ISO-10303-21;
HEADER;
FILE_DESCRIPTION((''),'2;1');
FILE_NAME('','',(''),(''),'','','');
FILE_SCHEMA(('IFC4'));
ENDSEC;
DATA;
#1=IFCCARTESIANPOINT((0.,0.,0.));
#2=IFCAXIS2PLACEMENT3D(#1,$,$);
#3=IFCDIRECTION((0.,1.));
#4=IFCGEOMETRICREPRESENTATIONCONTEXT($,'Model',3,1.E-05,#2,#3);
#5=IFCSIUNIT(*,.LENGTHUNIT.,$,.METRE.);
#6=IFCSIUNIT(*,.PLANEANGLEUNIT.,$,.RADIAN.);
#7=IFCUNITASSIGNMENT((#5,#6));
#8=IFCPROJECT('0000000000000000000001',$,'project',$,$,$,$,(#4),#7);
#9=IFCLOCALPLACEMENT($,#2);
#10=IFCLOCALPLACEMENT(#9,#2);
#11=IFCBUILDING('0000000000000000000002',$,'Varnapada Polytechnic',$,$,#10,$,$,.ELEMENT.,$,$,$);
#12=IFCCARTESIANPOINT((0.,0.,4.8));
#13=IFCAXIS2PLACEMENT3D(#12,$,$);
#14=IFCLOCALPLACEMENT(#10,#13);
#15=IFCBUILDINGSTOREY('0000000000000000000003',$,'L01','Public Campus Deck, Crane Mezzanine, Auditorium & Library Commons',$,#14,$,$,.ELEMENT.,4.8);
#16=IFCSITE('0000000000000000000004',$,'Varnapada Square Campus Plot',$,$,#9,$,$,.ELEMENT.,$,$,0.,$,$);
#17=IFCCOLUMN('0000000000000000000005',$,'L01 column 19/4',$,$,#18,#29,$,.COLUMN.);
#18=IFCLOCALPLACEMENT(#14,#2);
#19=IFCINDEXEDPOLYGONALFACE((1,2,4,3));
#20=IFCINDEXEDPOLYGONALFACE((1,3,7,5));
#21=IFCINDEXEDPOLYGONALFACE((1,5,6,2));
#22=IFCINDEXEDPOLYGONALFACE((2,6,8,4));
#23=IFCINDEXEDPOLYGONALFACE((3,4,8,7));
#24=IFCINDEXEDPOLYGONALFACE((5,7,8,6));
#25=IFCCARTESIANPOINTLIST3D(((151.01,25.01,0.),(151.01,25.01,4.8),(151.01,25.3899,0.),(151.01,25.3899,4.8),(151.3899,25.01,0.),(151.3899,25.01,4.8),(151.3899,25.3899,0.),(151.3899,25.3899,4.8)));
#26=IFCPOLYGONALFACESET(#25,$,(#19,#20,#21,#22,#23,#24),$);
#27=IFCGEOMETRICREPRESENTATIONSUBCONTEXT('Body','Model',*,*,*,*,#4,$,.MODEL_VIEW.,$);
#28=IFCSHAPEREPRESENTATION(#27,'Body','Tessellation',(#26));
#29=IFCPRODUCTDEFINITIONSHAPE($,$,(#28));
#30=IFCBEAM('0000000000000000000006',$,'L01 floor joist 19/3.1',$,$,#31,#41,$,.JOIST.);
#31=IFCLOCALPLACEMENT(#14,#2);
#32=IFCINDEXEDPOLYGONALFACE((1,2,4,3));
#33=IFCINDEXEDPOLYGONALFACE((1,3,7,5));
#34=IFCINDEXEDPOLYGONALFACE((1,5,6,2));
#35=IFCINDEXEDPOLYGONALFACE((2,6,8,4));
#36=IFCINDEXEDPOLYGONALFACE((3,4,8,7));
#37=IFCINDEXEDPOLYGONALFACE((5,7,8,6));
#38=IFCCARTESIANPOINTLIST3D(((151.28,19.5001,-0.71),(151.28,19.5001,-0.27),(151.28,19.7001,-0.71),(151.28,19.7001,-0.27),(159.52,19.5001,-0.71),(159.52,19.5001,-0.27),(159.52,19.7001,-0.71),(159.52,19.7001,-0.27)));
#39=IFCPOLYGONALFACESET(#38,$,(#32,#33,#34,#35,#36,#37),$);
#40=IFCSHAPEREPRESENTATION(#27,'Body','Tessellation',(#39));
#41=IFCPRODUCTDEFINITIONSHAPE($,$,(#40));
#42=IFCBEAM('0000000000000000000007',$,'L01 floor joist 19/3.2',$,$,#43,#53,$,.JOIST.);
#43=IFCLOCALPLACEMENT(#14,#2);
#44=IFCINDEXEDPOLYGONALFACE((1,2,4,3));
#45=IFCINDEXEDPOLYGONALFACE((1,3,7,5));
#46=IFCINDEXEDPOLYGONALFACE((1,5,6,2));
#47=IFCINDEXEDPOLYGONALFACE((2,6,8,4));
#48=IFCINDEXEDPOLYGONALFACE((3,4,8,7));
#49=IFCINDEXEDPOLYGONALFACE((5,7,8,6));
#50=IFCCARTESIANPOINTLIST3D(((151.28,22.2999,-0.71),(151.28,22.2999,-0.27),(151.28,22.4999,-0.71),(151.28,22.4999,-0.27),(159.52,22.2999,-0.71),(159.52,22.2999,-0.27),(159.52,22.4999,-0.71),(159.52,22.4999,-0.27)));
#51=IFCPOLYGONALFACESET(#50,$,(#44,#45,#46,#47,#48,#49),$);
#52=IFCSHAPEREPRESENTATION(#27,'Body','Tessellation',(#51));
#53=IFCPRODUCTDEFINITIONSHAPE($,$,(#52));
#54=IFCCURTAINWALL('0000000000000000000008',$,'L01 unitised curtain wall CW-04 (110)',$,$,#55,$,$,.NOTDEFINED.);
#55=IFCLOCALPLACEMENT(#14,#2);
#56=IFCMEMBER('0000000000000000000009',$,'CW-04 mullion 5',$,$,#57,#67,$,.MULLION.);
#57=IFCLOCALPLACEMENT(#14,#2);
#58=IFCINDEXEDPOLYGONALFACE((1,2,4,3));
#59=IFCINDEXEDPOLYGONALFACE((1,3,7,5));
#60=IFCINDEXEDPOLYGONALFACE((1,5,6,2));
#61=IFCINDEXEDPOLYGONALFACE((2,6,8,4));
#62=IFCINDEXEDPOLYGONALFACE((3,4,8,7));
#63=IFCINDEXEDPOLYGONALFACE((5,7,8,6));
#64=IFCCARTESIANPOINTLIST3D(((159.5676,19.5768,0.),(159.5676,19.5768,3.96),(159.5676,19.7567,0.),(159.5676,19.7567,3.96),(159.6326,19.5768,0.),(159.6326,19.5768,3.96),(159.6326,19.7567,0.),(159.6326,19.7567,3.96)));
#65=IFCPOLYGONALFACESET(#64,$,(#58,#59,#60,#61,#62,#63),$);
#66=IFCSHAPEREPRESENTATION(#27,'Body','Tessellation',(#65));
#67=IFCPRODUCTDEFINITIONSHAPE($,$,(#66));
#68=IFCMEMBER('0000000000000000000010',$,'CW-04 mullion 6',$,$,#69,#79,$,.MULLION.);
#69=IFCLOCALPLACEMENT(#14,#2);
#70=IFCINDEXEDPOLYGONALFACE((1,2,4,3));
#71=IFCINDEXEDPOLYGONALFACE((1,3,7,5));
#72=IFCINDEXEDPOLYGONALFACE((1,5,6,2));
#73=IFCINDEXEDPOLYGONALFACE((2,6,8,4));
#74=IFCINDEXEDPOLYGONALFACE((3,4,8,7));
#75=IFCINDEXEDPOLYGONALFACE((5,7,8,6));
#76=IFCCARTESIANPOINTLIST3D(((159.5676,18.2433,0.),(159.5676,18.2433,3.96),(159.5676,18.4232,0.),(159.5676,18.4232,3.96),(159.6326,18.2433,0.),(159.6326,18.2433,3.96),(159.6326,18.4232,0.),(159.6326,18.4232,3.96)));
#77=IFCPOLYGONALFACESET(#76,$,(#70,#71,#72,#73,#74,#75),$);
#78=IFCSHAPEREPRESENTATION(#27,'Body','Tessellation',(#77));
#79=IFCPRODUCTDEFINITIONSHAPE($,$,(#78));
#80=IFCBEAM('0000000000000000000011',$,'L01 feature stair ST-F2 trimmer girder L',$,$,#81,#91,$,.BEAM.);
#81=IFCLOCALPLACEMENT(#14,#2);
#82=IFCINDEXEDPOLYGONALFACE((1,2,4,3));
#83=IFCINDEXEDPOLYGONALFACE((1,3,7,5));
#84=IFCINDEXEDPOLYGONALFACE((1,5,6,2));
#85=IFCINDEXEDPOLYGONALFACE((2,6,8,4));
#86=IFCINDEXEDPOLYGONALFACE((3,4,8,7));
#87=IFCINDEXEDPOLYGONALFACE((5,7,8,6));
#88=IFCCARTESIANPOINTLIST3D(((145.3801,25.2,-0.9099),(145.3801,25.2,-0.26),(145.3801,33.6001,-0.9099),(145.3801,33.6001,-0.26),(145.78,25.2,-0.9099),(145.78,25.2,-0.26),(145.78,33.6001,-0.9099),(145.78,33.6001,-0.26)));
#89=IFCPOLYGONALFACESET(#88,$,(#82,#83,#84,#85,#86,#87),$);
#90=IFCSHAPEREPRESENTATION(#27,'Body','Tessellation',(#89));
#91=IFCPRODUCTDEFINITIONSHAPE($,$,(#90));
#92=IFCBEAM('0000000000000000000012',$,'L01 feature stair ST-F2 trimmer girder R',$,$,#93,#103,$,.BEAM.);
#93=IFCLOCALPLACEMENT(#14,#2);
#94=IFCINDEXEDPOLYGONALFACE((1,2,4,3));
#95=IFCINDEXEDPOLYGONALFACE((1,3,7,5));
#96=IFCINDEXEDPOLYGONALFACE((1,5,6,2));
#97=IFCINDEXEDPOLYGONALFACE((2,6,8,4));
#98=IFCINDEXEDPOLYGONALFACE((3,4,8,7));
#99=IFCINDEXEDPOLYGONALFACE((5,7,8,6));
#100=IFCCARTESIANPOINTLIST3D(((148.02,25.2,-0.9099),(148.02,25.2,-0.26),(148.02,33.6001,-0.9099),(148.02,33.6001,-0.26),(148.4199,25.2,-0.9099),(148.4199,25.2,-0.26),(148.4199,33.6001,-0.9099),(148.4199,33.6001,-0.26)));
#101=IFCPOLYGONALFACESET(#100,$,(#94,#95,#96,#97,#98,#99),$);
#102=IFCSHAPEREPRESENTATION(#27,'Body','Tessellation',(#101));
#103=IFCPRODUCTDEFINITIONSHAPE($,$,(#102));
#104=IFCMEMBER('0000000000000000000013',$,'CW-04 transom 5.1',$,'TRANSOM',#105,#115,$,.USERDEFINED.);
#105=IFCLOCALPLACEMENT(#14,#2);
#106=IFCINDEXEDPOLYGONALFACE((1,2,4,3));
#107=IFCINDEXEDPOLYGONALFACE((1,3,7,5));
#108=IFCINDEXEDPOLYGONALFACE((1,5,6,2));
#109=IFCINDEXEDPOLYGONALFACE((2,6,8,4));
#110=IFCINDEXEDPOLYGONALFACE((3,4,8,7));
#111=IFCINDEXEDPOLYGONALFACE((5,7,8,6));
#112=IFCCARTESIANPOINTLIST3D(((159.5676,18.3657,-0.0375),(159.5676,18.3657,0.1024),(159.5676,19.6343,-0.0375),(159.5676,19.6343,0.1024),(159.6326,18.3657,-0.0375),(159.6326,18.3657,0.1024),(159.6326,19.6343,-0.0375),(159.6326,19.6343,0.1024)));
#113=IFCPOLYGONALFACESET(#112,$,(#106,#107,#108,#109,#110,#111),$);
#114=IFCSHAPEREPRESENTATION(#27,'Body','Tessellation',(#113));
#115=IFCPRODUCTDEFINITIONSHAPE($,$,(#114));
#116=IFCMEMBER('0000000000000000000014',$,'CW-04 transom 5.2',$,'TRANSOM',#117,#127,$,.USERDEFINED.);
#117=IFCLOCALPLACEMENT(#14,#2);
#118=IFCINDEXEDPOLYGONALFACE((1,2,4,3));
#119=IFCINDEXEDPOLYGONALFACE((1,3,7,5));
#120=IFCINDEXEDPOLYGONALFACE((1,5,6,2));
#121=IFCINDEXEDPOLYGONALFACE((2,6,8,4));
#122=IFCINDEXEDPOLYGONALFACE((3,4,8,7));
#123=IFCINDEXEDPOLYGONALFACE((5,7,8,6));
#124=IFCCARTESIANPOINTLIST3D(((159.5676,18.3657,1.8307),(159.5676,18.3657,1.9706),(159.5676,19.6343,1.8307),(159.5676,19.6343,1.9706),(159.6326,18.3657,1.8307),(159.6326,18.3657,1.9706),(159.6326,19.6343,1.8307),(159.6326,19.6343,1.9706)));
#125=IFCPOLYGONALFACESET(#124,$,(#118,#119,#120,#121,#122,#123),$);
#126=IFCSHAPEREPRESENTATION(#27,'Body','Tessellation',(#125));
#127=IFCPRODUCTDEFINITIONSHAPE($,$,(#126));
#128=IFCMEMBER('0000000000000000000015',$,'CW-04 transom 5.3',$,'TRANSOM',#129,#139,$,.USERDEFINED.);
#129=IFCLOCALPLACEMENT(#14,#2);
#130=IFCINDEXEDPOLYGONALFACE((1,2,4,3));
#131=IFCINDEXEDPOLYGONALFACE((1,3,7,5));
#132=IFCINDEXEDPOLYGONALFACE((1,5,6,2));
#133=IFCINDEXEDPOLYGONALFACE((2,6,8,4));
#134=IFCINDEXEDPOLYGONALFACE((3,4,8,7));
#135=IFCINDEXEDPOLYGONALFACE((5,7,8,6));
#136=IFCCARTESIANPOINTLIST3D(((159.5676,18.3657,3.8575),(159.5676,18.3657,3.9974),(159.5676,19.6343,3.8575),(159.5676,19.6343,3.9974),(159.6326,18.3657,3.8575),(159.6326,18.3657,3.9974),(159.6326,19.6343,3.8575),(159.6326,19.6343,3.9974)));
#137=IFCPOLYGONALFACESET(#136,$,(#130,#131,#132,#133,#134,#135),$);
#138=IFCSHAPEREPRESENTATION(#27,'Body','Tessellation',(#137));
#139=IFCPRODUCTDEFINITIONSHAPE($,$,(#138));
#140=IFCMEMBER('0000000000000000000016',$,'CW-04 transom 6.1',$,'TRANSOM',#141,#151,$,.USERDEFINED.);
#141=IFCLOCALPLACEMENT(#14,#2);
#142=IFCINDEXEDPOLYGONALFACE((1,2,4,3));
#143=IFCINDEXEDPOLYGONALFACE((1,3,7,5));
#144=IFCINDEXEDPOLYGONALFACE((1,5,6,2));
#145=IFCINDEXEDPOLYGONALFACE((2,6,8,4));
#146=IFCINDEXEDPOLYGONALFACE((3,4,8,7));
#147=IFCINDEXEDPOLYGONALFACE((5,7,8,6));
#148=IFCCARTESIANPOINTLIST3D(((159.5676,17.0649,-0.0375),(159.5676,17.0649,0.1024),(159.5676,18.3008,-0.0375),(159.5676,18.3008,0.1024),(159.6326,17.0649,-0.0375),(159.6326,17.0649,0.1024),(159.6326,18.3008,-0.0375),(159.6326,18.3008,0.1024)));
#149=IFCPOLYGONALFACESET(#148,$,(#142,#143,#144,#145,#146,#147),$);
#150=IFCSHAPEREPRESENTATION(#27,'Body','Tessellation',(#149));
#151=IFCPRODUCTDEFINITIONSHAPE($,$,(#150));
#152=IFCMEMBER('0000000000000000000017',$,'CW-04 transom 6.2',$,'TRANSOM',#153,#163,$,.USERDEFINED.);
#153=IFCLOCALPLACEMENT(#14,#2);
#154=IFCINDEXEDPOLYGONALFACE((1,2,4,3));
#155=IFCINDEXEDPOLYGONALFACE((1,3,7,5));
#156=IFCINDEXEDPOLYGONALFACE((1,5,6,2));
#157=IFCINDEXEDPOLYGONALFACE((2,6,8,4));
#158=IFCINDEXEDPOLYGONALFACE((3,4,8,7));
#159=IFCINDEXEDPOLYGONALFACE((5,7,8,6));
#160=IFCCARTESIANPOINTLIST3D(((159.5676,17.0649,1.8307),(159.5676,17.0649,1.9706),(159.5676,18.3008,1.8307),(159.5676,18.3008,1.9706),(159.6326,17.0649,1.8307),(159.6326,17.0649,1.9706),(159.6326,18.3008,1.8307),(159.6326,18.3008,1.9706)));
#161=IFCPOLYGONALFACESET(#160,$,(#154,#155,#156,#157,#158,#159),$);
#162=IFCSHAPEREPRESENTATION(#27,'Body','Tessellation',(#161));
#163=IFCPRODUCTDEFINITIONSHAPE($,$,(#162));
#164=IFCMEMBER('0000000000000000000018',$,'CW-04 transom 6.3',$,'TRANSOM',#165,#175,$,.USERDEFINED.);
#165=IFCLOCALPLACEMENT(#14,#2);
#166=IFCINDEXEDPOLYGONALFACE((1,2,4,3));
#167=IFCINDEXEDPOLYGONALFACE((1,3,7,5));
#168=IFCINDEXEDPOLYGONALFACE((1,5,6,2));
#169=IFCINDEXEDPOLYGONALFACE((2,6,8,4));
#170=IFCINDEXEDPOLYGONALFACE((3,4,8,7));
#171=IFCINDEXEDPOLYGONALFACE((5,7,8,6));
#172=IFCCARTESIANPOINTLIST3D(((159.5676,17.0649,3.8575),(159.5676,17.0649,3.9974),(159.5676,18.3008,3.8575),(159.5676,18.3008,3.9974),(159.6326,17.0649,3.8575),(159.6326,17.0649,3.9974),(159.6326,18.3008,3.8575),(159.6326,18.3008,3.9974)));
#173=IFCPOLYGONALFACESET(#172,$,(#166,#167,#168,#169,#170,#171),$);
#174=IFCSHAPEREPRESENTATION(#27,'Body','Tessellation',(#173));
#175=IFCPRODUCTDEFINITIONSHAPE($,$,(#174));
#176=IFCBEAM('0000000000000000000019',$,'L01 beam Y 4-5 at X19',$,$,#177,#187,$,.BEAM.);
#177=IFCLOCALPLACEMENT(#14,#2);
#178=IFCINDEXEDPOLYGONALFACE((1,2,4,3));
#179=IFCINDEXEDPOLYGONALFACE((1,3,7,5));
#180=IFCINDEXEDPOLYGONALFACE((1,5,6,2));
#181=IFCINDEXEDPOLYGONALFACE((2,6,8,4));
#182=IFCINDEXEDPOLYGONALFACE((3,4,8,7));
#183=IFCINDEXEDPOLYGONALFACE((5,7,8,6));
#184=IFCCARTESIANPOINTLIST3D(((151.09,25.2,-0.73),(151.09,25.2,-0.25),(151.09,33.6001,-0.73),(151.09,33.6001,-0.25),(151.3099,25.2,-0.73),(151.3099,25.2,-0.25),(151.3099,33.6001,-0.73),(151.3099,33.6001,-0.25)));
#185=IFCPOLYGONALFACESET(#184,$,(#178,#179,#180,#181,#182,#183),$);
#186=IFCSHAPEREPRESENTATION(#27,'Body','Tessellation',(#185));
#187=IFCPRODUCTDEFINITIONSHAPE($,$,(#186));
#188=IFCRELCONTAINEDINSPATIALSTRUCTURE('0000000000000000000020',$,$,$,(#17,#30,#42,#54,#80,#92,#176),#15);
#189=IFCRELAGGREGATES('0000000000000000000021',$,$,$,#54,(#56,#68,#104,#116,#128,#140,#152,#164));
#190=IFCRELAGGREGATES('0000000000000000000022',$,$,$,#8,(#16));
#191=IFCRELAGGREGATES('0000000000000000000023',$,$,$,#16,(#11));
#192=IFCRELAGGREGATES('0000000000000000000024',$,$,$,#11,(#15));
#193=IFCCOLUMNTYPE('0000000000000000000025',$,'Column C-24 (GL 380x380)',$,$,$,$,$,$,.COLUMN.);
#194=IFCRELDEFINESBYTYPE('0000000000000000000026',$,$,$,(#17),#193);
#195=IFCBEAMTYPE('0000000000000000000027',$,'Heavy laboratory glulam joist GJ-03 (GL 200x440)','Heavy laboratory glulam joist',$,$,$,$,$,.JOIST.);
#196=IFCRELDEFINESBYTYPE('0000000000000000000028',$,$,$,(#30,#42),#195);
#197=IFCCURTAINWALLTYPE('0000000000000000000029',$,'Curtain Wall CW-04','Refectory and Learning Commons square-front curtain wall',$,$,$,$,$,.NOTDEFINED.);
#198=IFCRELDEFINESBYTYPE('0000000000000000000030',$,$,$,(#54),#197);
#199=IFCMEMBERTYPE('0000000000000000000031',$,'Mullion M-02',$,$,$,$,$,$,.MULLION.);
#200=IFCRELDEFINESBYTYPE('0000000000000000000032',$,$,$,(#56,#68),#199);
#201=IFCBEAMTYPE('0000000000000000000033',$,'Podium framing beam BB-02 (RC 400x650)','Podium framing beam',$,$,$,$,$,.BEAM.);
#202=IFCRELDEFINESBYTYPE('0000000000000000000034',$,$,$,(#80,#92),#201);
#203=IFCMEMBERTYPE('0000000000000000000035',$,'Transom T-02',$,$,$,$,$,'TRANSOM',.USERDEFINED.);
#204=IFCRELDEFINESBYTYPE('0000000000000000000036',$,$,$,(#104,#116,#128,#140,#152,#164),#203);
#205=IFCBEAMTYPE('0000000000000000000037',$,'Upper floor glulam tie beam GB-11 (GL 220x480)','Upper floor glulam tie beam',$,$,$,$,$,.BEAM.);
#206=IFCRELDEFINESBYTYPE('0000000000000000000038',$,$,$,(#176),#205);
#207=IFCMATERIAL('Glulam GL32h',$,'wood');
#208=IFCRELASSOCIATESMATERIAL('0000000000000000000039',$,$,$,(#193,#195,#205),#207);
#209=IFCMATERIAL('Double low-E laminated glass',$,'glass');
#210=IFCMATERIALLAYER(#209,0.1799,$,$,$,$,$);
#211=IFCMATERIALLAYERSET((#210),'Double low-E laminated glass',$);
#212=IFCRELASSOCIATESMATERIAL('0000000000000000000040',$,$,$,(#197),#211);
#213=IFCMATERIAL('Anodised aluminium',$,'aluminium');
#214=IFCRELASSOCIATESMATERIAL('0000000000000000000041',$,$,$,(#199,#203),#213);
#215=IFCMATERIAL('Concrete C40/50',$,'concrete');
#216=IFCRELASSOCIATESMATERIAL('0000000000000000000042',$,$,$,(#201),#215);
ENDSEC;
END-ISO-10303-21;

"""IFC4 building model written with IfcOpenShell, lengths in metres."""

from ifc_helpers import new_model, si_unit, direction, frame, origin, origin_2d, place, context, subcontext, project, spatial, rectangle, extrude, material, layer, layer_set, material_profile, profile_set, type_object, element, aggregate, save


model = new_model("IFC4")

# Units and contexts
model_context = context("Model", 3, precision=1e-05, world=origin(), true_north=direction((0.0, 1.0)))
body_context = subcontext(model_context, "Body", "Model", "MODEL_VIEW")
ifc_project = project(units=[si_unit("LENGTHUNIT", "METRE"), si_unit("PLANEANGLEUNIT", "RADIAN")], contexts=[model_context])

# Site, building, storey
site_placement = place(None, origin())
site = spatial("IfcSite", under=ifc_project, at=site_placement, Name="Varnapada Square Campus Plot", CompositionType="ELEMENT", RefElevation=0.0)
building_placement = place(site_placement, origin())
building = spatial("IfcBuilding", under=site, at=building_placement, Name="Varnapada Polytechnic", CompositionType="ELEMENT")
storey_placement = place(building_placement, frame((0.0, 0.0, 4.8)))
storey = spatial("IfcBuildingStorey", under=building, at=storey_placement, Name="L01", Description="Public Campus Deck, Crane Mezzanine, Auditorium & Library Commons", CompositionType="ELEMENT", Elevation=4.8)

# Column
ifc_material_1 = material(Name="Glulam GL32h", Category="wood")
ifc_material_profile_1 = material_profile(ifc_material_1, rectangle(XDim=0.3799, YDim=0.3799, at=origin_2d()), Name="GL 380x380")
ifc_profile_set_1 = profile_set([ifc_material_profile_1], Name="Glulam GL32h")
column_type = type_object("IfcColumnType", Name="Column C-24 (GL 380x380)", PredefinedType="COLUMN", material=ifc_profile_set_1)
column_placement = place(storey_placement, frame((151.2, 25.2, 0.0), z_axis=(0.0, 0.0, 1.0), x_axis=(1.0, 0.0, 0.0)))
element("IfcColumn", 1, at=column_placement, inside=storey, type_object=column_type, Name="L01 column 19/4", PredefinedType="COLUMN", context=body_context, shape_type="SweptSolid", body=[
    extrude(rectangle(XDim=0.3799, YDim=0.3799, at=origin_2d()), origin(), (0.0, 0.0, 1.0), 4.8),
])

# Beams
ifc_material_profile_2 = material_profile(ifc_material_1, rectangle(XDim=0.2, YDim=0.4399, at=origin_2d()), Name="GL 200x440")
ifc_profile_set_2 = profile_set([ifc_material_profile_2], Name="Glulam GL32h")
beam_type_1 = type_object("IfcBeamType", Name="Heavy laboratory glulam joist GJ-03 (GL 200x440)", Description="Heavy laboratory glulam joist", PredefinedType="JOIST", material=ifc_profile_set_2)
for number, where, z_axis, x_axis, name in (
    (2, (151.28, 19.6001, -0.49), (1.0, 0.0, 0.0), (0.0, 1.0, 0.0), "L01 floor joist 19/3.1"),
    (3, (151.28, 22.3999, -0.49), (1.0, 0.0, 0.0), (0.0, 1.0, 0.0), "L01 floor joist 19/3.2"),
):
    element("IfcBeam", number, at=place(storey_placement, frame(where, z_axis=z_axis, x_axis=x_axis)), inside=storey, type_object=beam_type_1, Name=name, PredefinedType="JOIST", context=body_context, shape_type="SweptSolid", body=[
        extrude(rectangle(XDim=0.2, YDim=0.4399, at=origin_2d()), origin(), (0.0, 0.0, 1.0), 8.24),
    ])

# Curtain wall, members
ifc_material_2 = material(Name="Double low-E laminated glass", Category="glass")
ifc_layer_1 = layer(ifc_material_2, 0.1799)
ifc_layer_set_1 = layer_set([ifc_layer_1], Name="Double low-E laminated glass")
curtain_wall_type = type_object("IfcCurtainWallType", Name="Curtain Wall CW-04", Description="Refectory and Learning Commons square-front curtain wall", PredefinedType="NOTDEFINED", material=ifc_layer_set_1)
curtain_wall_placement = place(storey_placement, origin())
curtain_wall = element("IfcCurtainWall", 4, at=curtain_wall_placement, inside=storey, type_object=curtain_wall_type, Name="L01 unitised curtain wall CW-04 (110)", PredefinedType="NOTDEFINED")
ifc_material_3 = material(Name="Anodised aluminium", Category="aluminium")
ifc_material_profile_3 = material_profile(ifc_material_3, rectangle(XDim=0.0649, YDim=0.1799, at=origin_2d()), Name="ALU M65x180")
ifc_profile_set_3 = profile_set([ifc_material_profile_3], Name="Anodised aluminium")
member_type_1 = type_object("IfcMemberType", Name="Mullion M-02", PredefinedType="MULLION", material=ifc_profile_set_3)
member_1_placement = place(storey_placement, frame((159.6001, 19.6667, 0.0), z_axis=(0.0, 0.0, 1.0), x_axis=(1.0, 0.0, 0.0)))
member_1 = element("IfcMember", 5, at=member_1_placement, type_object=member_type_1, Name="CW-04 mullion 5", PredefinedType="MULLION", context=body_context, shape_type="SweptSolid", body=[
    extrude(rectangle(XDim=0.0649, YDim=0.1799, at=origin_2d()), origin(), (0.0, 0.0, 1.0), 3.96),
])
member_2_placement = place(storey_placement, frame((159.6001, 18.3333, 0.0), z_axis=(0.0, 0.0, 1.0), x_axis=(1.0, 0.0, 0.0)))
member_2 = element("IfcMember", 6, at=member_2_placement, type_object=member_type_1, Name="CW-04 mullion 6", PredefinedType="MULLION", context=body_context, shape_type="SweptSolid", body=[
    extrude(rectangle(XDim=0.0649, YDim=0.1799, at=origin_2d()), origin(), (0.0, 0.0, 1.0), 3.96),
])

# Beams
ifc_material_4 = material(Name="Concrete C40/50", Category="concrete")
ifc_material_profile_4 = material_profile(ifc_material_4, rectangle(XDim=0.3999, YDim=0.6499, at=origin_2d()), Name="RC 400x650")
ifc_profile_set_4 = profile_set([ifc_material_profile_4], Name="Concrete C40/50")
beam_type_2 = type_object("IfcBeamType", Name="Podium framing beam BB-02 (RC 400x650)", Description="Podium framing beam", PredefinedType="BEAM", material=ifc_profile_set_4)
for number, where, z_axis, x_axis, name in (
    (7, (145.5801, 25.2, -0.585), (0.0, 1.0, 0.0), (-1.0, 0.0, 0.0), "L01 feature stair ST-F2 trimmer girder L"),
    (8, (148.22, 25.2, -0.585), (0.0, 1.0, 0.0), (-1.0, 0.0, 0.0), "L01 feature stair ST-F2 trimmer girder R"),
):
    element("IfcBeam", number, at=place(storey_placement, frame(where, z_axis=z_axis, x_axis=x_axis)), inside=storey, type_object=beam_type_2, Name=name, PredefinedType="BEAM", context=body_context, shape_type="SweptSolid", body=[
        extrude(rectangle(XDim=0.3999, YDim=0.6499, at=origin_2d()), origin(), (0.0, 0.0, 1.0), 8.4001),
    ])

# Members
ifc_material_profile_5 = material_profile(ifc_material_3, rectangle(XDim=0.0649, YDim=0.1399, at=origin_2d()), Name="ALU T65x140")
ifc_profile_set_5 = profile_set([ifc_material_profile_5], Name="Anodised aluminium")
member_type_2 = type_object("IfcMemberType", Name="Transom T-02", ElementType="TRANSOM", PredefinedType="USERDEFINED", material=ifc_profile_set_5)
member_3_placement = place(storey_placement, frame((159.6001, 19.6343, 0.0325), z_axis=(0.0, -1.0, 0.0), x_axis=(1.0, 0.0, 0.0)))
member_3 = element("IfcMember", 9, at=member_3_placement, type_object=member_type_2, Name="CW-04 transom 5.1", ObjectType="TRANSOM", PredefinedType="USERDEFINED", context=body_context, shape_type="SweptSolid", body=[
    extrude(rectangle(XDim=0.0649, YDim=0.1399, at=origin_2d()), origin(), (0.0, 0.0, 1.0), 1.2686),
])
member_4_placement = place(storey_placement, frame((159.6001, 19.6343, 1.9006), z_axis=(0.0, -1.0, 0.0), x_axis=(1.0, 0.0, 0.0)))
member_4 = element("IfcMember", 10, at=member_4_placement, type_object=member_type_2, Name="CW-04 transom 5.2", ObjectType="TRANSOM", PredefinedType="USERDEFINED", context=body_context, shape_type="SweptSolid", body=[
    extrude(rectangle(XDim=0.0649, YDim=0.1399, at=origin_2d()), origin(), (0.0, 0.0, 1.0), 1.2686),
])
member_5_placement = place(storey_placement, frame((159.6001, 19.6343, 3.9275), z_axis=(0.0, -1.0, 0.0), x_axis=(1.0, 0.0, 0.0)))
member_5 = element("IfcMember", 11, at=member_5_placement, type_object=member_type_2, Name="CW-04 transom 5.3", ObjectType="TRANSOM", PredefinedType="USERDEFINED", context=body_context, shape_type="SweptSolid", body=[
    extrude(rectangle(XDim=0.0649, YDim=0.1399, at=origin_2d()), origin(), (0.0, 0.0, 1.0), 1.2686),
])
member_6_placement = place(storey_placement, frame((159.6001, 18.3008, 0.0325), z_axis=(0.0, -1.0, 0.0), x_axis=(1.0, 0.0, 0.0)))
member_6 = element("IfcMember", 12, at=member_6_placement, type_object=member_type_2, Name="CW-04 transom 6.1", ObjectType="TRANSOM", PredefinedType="USERDEFINED", context=body_context, shape_type="SweptSolid", body=[
    extrude(rectangle(XDim=0.0649, YDim=0.1399, at=origin_2d()), origin(), (0.0, 0.0, 1.0), 1.2358),
])
member_7_placement = place(storey_placement, frame((159.6001, 18.3008, 1.9006), z_axis=(0.0, -1.0, 0.0), x_axis=(1.0, 0.0, 0.0)))
member_7 = element("IfcMember", 13, at=member_7_placement, type_object=member_type_2, Name="CW-04 transom 6.2", ObjectType="TRANSOM", PredefinedType="USERDEFINED", context=body_context, shape_type="SweptSolid", body=[
    extrude(rectangle(XDim=0.0649, YDim=0.1399, at=origin_2d()), origin(), (0.0, 0.0, 1.0), 1.2358),
])
member_8_placement = place(storey_placement, frame((159.6001, 18.3008, 3.9275), z_axis=(0.0, -1.0, 0.0), x_axis=(1.0, 0.0, 0.0)))
member_8 = element("IfcMember", 14, at=member_8_placement, type_object=member_type_2, Name="CW-04 transom 6.3", ObjectType="TRANSOM", PredefinedType="USERDEFINED", context=body_context, shape_type="SweptSolid", body=[
    extrude(rectangle(XDim=0.0649, YDim=0.1399, at=origin_2d()), origin(), (0.0, 0.0, 1.0), 1.2358),
])

# Beam
ifc_material_profile_6 = material_profile(ifc_material_1, rectangle(XDim=0.22, YDim=0.48, at=origin_2d()), Name="GL 220x480")
ifc_profile_set_6 = profile_set([ifc_material_profile_6], Name="Glulam GL32h")
beam_type_3 = type_object("IfcBeamType", Name="Upper floor glulam tie beam GB-11 (GL 220x480)", Description="Upper floor glulam tie beam", PredefinedType="BEAM", material=ifc_profile_set_6)
beam_1_placement = place(storey_placement, frame((151.2, 25.2, -0.49), z_axis=(0.0, 1.0, 0.0), x_axis=(-1.0, 0.0, 0.0)))
element("IfcBeam", 15, at=beam_1_placement, inside=storey, type_object=beam_type_3, Name="L01 beam Y 4-5 at X19", PredefinedType="BEAM", context=body_context, shape_type="SweptSolid", body=[
    extrude(rectangle(XDim=0.22, YDim=0.48, at=origin_2d()), origin(), (0.0, 0.0, 1.0), 8.4001),
])

aggregate(curtain_wall, [member_1, member_2, member_3, member_4, member_5, member_6, member_7, member_8])

save(model, "model.ifc")
